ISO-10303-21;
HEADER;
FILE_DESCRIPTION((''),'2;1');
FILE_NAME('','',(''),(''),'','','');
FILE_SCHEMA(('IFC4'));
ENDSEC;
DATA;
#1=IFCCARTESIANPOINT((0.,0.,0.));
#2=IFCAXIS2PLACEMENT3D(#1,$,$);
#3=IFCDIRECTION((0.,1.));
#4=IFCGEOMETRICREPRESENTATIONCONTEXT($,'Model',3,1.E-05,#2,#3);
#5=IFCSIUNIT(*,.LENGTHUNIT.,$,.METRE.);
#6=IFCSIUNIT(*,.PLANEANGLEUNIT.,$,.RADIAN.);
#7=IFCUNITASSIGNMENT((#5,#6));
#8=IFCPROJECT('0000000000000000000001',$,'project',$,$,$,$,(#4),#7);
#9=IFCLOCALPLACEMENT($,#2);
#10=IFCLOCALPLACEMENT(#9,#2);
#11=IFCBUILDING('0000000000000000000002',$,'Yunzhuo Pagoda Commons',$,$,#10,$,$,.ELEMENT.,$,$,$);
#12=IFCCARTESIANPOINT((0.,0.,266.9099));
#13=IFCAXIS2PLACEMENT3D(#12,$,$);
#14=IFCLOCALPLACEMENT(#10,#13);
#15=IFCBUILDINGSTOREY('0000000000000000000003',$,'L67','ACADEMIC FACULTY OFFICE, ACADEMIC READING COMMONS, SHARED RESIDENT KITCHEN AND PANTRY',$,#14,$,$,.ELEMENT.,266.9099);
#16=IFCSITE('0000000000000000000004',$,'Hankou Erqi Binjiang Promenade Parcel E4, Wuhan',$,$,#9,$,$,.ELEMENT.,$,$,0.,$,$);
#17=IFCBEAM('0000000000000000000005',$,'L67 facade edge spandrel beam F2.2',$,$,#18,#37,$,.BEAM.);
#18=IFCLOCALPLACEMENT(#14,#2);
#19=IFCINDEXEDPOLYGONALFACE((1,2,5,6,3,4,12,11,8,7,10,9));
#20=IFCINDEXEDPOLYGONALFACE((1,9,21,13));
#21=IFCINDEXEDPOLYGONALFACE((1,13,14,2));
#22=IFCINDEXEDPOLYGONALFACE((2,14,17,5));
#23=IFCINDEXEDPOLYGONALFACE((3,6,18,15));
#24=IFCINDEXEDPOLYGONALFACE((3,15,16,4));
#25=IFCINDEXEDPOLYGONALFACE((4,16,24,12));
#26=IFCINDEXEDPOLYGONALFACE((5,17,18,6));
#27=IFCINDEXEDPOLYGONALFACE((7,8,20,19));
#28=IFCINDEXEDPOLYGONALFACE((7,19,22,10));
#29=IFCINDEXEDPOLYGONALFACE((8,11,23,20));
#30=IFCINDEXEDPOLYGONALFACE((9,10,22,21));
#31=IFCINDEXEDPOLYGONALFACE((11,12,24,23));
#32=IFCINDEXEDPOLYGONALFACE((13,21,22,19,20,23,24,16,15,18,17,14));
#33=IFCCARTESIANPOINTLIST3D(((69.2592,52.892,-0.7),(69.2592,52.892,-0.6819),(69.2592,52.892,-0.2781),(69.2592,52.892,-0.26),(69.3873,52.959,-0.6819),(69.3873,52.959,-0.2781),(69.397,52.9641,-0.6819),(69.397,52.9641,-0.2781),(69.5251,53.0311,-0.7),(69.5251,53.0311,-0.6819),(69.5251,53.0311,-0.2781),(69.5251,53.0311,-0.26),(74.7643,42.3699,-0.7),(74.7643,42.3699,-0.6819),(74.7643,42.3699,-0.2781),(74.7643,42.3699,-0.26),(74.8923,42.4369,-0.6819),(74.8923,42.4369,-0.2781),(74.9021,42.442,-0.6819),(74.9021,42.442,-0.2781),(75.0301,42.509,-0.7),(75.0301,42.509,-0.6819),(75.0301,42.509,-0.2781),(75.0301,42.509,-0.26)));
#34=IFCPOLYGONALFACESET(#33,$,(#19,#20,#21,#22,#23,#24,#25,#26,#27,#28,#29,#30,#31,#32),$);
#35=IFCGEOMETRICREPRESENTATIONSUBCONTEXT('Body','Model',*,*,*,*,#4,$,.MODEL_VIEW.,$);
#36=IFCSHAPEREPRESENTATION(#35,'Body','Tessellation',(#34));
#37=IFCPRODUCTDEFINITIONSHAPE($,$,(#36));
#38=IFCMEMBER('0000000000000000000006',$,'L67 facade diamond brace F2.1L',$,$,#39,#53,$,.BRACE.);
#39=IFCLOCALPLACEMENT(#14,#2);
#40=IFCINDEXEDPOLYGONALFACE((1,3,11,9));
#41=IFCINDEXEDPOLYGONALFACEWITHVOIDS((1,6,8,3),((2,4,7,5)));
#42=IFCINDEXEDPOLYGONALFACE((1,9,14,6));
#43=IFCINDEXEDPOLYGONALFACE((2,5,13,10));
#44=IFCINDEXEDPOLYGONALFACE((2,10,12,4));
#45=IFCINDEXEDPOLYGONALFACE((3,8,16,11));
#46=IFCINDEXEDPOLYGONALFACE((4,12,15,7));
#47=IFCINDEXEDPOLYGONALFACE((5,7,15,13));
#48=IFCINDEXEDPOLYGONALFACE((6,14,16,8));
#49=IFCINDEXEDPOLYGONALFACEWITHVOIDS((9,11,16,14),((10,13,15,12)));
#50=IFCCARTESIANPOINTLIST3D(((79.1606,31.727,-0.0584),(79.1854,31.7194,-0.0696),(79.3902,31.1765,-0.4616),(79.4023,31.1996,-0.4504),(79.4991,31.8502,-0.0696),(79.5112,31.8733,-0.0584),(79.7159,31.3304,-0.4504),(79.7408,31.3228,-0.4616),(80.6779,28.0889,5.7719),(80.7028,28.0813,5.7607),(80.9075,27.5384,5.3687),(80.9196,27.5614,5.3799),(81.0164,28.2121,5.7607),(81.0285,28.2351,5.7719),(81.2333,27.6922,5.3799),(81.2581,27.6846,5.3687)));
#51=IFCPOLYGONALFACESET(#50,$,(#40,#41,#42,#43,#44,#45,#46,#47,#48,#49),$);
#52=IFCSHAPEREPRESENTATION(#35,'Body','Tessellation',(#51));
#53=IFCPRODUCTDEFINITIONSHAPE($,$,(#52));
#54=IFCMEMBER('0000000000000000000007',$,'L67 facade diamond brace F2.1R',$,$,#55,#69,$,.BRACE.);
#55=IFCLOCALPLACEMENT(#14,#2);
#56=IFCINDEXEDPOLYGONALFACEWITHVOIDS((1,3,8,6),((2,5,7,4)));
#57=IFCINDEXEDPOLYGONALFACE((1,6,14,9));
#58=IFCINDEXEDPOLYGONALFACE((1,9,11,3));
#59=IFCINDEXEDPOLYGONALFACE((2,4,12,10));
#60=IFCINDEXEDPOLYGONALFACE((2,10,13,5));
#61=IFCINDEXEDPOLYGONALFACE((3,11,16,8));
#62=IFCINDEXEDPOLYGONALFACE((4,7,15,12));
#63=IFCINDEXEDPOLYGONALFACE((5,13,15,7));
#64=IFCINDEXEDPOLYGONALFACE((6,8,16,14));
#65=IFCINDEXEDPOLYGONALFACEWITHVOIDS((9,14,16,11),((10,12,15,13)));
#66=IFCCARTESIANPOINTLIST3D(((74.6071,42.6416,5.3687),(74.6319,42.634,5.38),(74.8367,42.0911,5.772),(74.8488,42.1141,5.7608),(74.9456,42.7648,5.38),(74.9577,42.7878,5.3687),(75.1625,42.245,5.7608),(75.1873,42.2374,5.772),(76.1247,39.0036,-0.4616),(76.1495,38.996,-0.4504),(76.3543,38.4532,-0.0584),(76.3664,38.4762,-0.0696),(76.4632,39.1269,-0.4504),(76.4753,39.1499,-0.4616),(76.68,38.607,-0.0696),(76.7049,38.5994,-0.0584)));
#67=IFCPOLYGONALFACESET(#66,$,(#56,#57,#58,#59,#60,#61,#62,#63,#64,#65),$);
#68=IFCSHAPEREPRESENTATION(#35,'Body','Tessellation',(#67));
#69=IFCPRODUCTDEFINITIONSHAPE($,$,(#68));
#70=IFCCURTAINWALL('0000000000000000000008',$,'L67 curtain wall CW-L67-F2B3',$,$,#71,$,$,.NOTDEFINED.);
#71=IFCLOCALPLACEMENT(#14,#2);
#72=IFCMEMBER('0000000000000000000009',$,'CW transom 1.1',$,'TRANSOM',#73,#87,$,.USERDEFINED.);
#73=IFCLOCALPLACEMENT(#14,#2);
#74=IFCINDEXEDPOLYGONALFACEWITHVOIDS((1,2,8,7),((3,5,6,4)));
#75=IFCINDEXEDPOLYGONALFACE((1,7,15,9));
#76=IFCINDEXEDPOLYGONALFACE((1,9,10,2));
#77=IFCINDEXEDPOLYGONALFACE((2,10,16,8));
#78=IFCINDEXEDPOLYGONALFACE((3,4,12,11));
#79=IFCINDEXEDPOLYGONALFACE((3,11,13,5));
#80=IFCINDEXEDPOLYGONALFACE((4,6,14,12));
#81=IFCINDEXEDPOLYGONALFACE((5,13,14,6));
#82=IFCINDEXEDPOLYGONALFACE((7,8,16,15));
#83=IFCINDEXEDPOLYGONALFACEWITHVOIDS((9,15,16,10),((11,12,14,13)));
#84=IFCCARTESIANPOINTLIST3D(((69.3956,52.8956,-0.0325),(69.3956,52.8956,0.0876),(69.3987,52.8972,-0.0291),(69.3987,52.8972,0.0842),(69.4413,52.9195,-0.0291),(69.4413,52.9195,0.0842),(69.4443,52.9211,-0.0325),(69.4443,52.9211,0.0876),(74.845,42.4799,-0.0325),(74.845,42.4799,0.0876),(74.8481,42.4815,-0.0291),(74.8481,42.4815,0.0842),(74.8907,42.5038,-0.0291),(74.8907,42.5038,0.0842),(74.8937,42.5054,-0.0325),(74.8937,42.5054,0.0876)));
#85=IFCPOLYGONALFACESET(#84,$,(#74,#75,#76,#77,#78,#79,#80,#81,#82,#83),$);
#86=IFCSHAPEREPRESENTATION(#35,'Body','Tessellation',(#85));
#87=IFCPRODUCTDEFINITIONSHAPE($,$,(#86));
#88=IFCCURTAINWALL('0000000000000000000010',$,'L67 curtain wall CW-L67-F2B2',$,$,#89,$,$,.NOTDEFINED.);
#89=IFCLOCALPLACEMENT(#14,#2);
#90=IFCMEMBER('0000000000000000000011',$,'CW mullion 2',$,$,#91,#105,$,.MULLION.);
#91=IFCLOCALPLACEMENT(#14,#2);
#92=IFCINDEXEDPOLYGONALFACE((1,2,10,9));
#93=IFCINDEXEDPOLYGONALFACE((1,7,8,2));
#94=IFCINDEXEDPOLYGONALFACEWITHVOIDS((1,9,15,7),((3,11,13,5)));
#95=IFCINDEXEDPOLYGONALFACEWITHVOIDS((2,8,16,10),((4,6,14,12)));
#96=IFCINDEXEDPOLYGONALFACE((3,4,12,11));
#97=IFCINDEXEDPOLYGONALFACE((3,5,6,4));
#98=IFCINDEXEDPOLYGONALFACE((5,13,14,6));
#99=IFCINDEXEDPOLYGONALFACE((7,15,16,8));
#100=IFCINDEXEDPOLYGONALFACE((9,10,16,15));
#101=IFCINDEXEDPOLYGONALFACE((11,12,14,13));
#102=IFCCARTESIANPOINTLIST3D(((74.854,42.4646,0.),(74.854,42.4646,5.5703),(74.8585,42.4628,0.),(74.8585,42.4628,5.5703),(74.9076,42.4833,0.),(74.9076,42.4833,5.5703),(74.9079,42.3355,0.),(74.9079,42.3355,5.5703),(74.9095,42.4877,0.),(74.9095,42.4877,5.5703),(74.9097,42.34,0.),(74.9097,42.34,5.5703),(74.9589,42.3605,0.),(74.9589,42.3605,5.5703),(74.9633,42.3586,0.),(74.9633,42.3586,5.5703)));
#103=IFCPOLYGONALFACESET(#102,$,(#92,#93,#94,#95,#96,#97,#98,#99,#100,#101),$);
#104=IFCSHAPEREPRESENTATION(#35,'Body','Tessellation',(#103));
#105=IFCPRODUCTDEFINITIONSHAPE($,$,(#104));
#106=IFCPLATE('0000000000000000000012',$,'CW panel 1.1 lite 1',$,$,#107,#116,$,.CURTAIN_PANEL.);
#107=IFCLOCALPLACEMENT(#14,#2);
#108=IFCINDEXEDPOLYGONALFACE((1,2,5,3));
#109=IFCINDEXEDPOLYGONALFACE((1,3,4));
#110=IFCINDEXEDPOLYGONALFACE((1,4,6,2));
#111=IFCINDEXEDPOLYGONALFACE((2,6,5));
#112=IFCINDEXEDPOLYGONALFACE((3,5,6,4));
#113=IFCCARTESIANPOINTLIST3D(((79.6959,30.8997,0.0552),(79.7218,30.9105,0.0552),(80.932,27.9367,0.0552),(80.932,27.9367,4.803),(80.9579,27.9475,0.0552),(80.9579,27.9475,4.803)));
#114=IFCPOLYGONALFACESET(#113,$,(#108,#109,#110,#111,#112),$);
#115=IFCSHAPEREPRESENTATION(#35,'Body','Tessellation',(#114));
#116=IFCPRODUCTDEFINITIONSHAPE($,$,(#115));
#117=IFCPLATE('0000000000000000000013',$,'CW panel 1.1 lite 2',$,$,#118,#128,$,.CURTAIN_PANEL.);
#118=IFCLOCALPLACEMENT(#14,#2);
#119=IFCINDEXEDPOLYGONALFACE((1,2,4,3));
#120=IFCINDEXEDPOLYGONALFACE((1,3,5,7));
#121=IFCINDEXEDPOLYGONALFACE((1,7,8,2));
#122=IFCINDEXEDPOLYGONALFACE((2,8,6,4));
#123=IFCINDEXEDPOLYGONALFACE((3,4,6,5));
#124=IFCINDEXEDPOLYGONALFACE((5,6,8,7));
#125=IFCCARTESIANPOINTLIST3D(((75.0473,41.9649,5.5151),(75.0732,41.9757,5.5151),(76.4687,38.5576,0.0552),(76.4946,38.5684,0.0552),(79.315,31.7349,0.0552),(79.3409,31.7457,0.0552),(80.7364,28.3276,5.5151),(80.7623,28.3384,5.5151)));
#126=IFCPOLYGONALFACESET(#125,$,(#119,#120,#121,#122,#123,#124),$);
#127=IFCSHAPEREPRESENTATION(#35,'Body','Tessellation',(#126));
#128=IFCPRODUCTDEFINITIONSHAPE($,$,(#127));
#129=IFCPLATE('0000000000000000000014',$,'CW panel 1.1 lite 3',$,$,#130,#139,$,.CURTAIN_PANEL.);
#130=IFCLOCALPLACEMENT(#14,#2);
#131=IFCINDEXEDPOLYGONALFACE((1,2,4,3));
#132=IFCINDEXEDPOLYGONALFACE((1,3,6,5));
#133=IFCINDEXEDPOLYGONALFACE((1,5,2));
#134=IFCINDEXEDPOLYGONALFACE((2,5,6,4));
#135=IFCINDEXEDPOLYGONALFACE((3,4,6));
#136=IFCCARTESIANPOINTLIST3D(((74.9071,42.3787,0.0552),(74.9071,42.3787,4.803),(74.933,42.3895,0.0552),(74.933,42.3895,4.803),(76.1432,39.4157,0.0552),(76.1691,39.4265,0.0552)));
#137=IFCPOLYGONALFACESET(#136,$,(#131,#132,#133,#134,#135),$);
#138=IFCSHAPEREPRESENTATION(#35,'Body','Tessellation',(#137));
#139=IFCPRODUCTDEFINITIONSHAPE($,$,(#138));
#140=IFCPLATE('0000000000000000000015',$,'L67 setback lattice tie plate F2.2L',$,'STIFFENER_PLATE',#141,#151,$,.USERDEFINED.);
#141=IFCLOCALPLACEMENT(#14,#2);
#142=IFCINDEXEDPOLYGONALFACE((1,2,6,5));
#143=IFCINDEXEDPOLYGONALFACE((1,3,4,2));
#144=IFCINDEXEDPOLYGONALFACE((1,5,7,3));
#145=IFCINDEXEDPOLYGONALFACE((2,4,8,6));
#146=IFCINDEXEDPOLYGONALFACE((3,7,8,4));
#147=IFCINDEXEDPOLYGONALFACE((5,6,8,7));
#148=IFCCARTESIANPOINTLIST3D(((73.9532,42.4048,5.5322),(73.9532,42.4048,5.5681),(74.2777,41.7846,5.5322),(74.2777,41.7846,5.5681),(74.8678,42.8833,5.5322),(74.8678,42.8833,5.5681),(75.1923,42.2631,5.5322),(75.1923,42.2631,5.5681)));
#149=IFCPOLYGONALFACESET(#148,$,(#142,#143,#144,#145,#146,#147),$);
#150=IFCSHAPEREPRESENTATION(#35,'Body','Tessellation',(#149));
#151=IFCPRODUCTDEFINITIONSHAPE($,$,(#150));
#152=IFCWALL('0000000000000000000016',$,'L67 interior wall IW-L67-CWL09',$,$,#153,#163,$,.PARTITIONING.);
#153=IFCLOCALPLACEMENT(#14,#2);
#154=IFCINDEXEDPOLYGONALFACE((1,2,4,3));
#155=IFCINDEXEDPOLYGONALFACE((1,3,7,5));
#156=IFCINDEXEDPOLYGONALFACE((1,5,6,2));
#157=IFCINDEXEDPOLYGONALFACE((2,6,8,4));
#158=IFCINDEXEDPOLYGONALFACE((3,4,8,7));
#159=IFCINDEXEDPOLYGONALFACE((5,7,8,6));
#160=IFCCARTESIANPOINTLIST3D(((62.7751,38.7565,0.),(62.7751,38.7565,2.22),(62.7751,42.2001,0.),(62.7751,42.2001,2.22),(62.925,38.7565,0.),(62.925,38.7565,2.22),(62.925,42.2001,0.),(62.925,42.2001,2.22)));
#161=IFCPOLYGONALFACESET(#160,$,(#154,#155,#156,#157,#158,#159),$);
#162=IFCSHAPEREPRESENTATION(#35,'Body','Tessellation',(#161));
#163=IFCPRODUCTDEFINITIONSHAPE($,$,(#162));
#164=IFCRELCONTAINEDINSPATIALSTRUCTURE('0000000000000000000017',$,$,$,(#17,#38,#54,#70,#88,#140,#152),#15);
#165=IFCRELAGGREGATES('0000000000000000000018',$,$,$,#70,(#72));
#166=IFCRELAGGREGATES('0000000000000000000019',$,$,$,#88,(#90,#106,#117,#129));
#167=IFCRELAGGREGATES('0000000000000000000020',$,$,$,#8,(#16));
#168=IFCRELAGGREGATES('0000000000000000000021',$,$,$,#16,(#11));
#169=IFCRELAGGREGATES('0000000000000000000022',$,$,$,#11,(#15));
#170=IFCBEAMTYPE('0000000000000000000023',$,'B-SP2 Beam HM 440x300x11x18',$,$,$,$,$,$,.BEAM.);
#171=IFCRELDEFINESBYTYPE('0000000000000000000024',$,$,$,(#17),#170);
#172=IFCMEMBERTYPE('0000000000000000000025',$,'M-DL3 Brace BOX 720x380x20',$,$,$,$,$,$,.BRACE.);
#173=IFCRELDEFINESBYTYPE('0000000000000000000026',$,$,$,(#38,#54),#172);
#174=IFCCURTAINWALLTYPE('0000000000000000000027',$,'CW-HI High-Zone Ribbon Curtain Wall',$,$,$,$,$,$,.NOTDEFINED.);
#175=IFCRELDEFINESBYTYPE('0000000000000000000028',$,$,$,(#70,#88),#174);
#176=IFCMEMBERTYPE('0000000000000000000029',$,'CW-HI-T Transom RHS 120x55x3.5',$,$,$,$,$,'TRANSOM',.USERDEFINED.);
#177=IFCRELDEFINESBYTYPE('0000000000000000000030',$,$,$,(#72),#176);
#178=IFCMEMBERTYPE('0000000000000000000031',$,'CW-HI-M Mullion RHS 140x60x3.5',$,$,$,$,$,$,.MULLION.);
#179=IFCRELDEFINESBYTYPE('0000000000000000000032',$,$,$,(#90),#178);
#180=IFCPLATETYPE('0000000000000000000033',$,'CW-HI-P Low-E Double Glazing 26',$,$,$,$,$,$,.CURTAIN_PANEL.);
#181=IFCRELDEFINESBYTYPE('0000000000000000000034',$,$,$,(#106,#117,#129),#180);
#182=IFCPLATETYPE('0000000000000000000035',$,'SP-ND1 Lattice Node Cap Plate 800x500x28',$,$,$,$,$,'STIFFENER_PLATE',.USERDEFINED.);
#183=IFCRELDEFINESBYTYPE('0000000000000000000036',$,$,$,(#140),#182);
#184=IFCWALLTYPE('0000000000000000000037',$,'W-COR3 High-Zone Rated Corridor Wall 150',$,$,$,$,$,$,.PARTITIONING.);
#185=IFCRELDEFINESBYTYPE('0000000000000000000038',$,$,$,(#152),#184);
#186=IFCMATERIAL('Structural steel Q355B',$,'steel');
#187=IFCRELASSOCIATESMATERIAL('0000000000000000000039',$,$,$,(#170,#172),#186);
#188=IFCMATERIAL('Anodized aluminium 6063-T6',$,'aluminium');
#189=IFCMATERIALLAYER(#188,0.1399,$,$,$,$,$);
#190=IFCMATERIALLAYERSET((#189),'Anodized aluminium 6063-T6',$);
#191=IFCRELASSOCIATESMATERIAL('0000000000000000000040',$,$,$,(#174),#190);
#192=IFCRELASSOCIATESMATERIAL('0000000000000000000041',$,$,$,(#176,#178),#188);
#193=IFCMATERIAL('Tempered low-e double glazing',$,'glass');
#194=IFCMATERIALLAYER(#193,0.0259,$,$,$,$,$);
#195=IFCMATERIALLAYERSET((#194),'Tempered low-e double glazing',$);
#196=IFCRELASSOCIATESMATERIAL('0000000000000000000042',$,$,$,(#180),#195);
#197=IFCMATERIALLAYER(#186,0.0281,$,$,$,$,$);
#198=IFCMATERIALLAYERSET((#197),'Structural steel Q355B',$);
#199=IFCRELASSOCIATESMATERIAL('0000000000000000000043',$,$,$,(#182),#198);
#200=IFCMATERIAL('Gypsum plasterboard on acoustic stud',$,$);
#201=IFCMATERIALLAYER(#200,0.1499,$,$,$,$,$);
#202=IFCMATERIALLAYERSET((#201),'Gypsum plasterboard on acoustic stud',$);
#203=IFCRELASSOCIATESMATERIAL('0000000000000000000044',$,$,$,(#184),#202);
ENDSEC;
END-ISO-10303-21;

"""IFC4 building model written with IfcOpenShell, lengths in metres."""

from ifc_helpers import new_model, si_unit, direction, frame, frame_2d, origin, origin_2d, place, context, subcontext, project, spatial, polyline, rectangle, hollow_rectangle, i_section, outline, extrude, source, transform, mapped, material, layer, layer_set, material_profile, profile_set, type_object, element, aggregate, save


model = new_model("IFC4")

# Units and contexts
model_context = context("Model", 3, precision=1e-05, world=origin(), true_north=direction((0.0, 1.0)))
body_context = subcontext(model_context, "Body", "Model", "MODEL_VIEW")
ifc_project = project(units=[si_unit("LENGTHUNIT", "METRE"), si_unit("PLANEANGLEUNIT", "RADIAN")], contexts=[model_context])

# Site, building, storey
site_placement = place(None, origin())
site = spatial("IfcSite", under=ifc_project, at=site_placement, Name="Hankou Erqi Binjiang Promenade Parcel E4, Wuhan", CompositionType="ELEMENT", RefElevation=0.0)
building_placement = place(site_placement, origin())
building = spatial("IfcBuilding", under=site, at=building_placement, Name="Yunzhuo Pagoda Commons", CompositionType="ELEMENT")
storey_placement = place(building_placement, frame((0.0, 0.0, 266.9099)))
storey = spatial("IfcBuildingStorey", under=building, at=storey_placement, Name="L67", Description="ACADEMIC FACULTY OFFICE, ACADEMIC READING COMMONS, SHARED RESIDENT KITCHEN AND PANTRY", CompositionType="ELEMENT", Elevation=266.9099)

# Shared definitions
ifc_material_1 = material(Name="Structural steel Q355B", Category="steel")

# Beam
ifc_material_profile_1 = material_profile(ifc_material_1, i_section(OverallWidth=0.3, OverallDepth=0.4399, WebThickness=0.011, FlangeThickness=0.0181, at=origin_2d()), Name="Structural steel Q355B")
ifc_profile_set_1 = profile_set([ifc_material_profile_1], Name="Structural steel Q355B")
beam_type_1 = type_object("IfcBeamType", Name="B-SP2 Beam HM 440x300x11x18", PredefinedType="BEAM", material=ifc_profile_set_1)
shared_shape_1 = source(origin(), body_context, "Body", "SweptSolid", [
    extrude(i_section(OverallWidth=0.3, OverallDepth=0.4399, WebThickness=0.011, FlangeThickness=0.0181, at=origin_2d()), origin(), (0.0, 0.0, 1.0), 11.8752),
])
beam_1_placement = place(storey_placement, frame((74.8972, 42.4395, -0.48), z_axis=(-0.463577, 0.886057, 0.0), x_axis=(-0.886057, -0.463577, 0.0)))
element("IfcBeam", 1, at=beam_1_placement, inside=storey, type_object=beam_type_1, Name="L67 facade edge spandrel beam F2.2", PredefinedType="BEAM", context=body_context, shape_type="MappedRepresentation", body=[
    mapped(shared_shape_1, transform((0.0, 0.0, 0.0), scale=1.0)),
])

# Members
ifc_material_profile_2 = material_profile(ifc_material_1, hollow_rectangle(XDim=0.3799, YDim=0.72, WallThickness=0.02, at=origin_2d()), Name="Structural steel Q355B")
ifc_profile_set_2 = profile_set([ifc_material_profile_2], Name="Structural steel Q355B")
member_type_1 = type_object("IfcMemberType", Name="M-DL3 Brace BOX 720x380x20", PredefinedType="BRACE", material=ifc_profile_set_2)
shared_shape_2 = source(origin(), body_context, "Body", "SweptSolid", [
    extrude(hollow_rectangle(XDim=0.3799, YDim=0.72, WallThickness=0.02, at=origin_2d()), origin(), (0.0, 0.0, 1.0), 7.0378),
])
for number, where, z_axis, x_axis, name in (
    (2, (79.4507, 31.5249, -0.26), (0.215596, -0.516945, 0.828424), (0.922949, 0.384923, 0.0), "L67 facade diamond brace F2.1L"),
    (3, (76.4148, 38.8015, -0.26), (-0.215633, 0.516916, 0.828432), (-0.922917, -0.384998, 0.0), "L67 facade diamond brace F2.1R"),
):
    element("IfcMember", number, at=place(storey_placement, frame(where, z_axis=z_axis, x_axis=x_axis)), inside=storey, type_object=member_type_1, Name=name, PredefinedType="BRACE", context=body_context, shape_type="MappedRepresentation", body=[
        mapped(shared_shape_2, transform((0.0, 0.0, 0.0), scale=1.0)),
    ])

# Curtain wall, member
ifc_material_2 = material(Name="Anodized aluminium 6063-T6", Category="aluminium")
ifc_layer_1 = layer(ifc_material_2, 0.1399)
ifc_layer_set_1 = layer_set([ifc_layer_1], Name="Anodized aluminium 6063-T6")
curtain_wall_type = type_object("IfcCurtainWallType", Name="CW-HI High-Zone Ribbon Curtain Wall", PredefinedType="NOTDEFINED", material=ifc_layer_set_1)
curtain_wall_1_placement = place(storey_placement, origin())
curtain_wall_1 = element("IfcCurtainWall", 4, at=curtain_wall_1_placement, inside=storey, type_object=curtain_wall_type, Name="L67 curtain wall CW-L67-F2B3", PredefinedType="NOTDEFINED")
ifc_material_profile_3 = material_profile(ifc_material_2, hollow_rectangle(XDim=0.0549, YDim=0.1201, WallThickness=0.0034, at=origin_2d()), Name="Anodized aluminium 6063-T6")
ifc_profile_set_3 = profile_set([ifc_material_profile_3], Name="Anodized aluminium 6063-T6")
member_type_2 = type_object("IfcMemberType", Name="CW-HI-T Transom RHS 120x55x3.5", ElementType="TRANSOM", PredefinedType="USERDEFINED", material=ifc_profile_set_3)
shared_shape_3 = source(origin(), body_context, "Body", "SweptSolid", [
    extrude(hollow_rectangle(XDim=0.0549, YDim=0.1201, WallThickness=0.0034, at=origin_2d()), origin(), (0.0, 0.0, 1.0), 11.7551),
])
member_1_placement = place(storey_placement, frame((74.8694, 42.4927, 0.0276), z_axis=(-0.463579, 0.886056, 0.0), x_axis=(-0.886056, -0.463579, 0.0)))
member_1 = element("IfcMember", 5, at=member_1_placement, type_object=member_type_2, Name="CW transom 1.1", ObjectType="TRANSOM", PredefinedType="USERDEFINED", context=body_context, shape_type="MappedRepresentation", body=[
    mapped(shared_shape_3, transform((0.0, 0.0, 0.0), scale=1.0)),
])
aggregate(curtain_wall_1, [member_1])

# Curtain wall, member, plates
curtain_wall_2_placement = place(storey_placement, origin())
curtain_wall_2 = element("IfcCurtainWall", 6, at=curtain_wall_2_placement, inside=storey, type_object=curtain_wall_type, Name="L67 curtain wall CW-L67-F2B2", PredefinedType="NOTDEFINED")
ifc_material_profile_4 = material_profile(ifc_material_2, hollow_rectangle(XDim=0.0601, YDim=0.1399, WallThickness=0.0034, at=origin_2d()), Name="Anodized aluminium 6063-T6")
ifc_profile_set_4 = profile_set([ifc_material_profile_4], Name="Anodized aluminium 6063-T6")
member_type_3 = type_object("IfcMemberType", Name="CW-HI-M Mullion RHS 140x60x3.5", PredefinedType="MULLION", material=ifc_profile_set_4)
shared_shape_4 = source(origin(), body_context, "Body", "SweptSolid", [
    extrude(hollow_rectangle(XDim=0.0601, YDim=0.1399, WallThickness=0.0034, at=origin_2d()), origin(), (0.0, 0.0, 1.0), 5.5703),
])
member_2_placement = place(storey_placement, frame((74.9087, 42.4116, 0.0), z_axis=(0.0, 0.0, 1.0), x_axis=(-0.92291, -0.385016, 0.0)))
member_2 = element("IfcMember", 7, at=member_2_placement, type_object=member_type_3, Name="CW mullion 2", PredefinedType="MULLION", context=body_context, shape_type="MappedRepresentation", body=[
    mapped(shared_shape_4, transform((0.0, 0.0, 0.0), scale=1.0)),
])
ifc_material_3 = material(Name="Tempered low-e double glazing", Category="glass")
ifc_layer_2 = layer(ifc_material_3, 0.0259)
ifc_layer_set_2 = layer_set([ifc_layer_2], Name="Tempered low-e double glazing")
plate_type_1 = type_object("IfcPlateType", Name="CW-HI-P Low-E Double Glazing 26", PredefinedType="CURTAIN_PANEL", material=ifc_layer_set_2)
plate_1_placement = place(storey_placement, frame((80.314, 29.4182, 2.429), z_axis=(0.92291, 0.385016, 0.0), x_axis=(-0.385016, 0.92291, 0.0)))
plate_1 = element("IfcPlate", 8, at=plate_1_placement, type_object=plate_type_1, Name="CW panel 1.1 lite 1", PredefinedType="CURTAIN_PANEL", context=body_context, shape_type="SweptSolid", body=[
    extrude(outline(polyline([(-1.6052, -2.3738), (1.6052, -2.3738), (-1.6052, 2.374), (-1.6052, -2.3738)])), origin(), (0.0, 0.0, 1.0), 0.0281),
])
plate_2_placement = place(storey_placement, frame((77.8918, 35.1462, 2.7852), z_axis=(0.92291, 0.385016, 0.0), x_axis=(-0.385016, 0.92291, 0.0)))
plate_2 = element("IfcPlate", 9, at=plate_2_placement, type_object=plate_type_1, Name="CW panel 1.1 lite 2", PredefinedType="CURTAIN_PANEL", context=body_context, shape_type="SweptSolid", body=[
    extrude(outline(polyline([(-7.3882, 2.73), (-3.6963, -2.73), (3.6963, -2.73), (7.3882, 2.73), (-7.3882, 2.73)])), origin(), (0.0, 0.0, 1.0), 0.0281),
])
plate_3_placement = place(storey_placement, frame((75.5251, 40.8972, 2.429), z_axis=(0.92291, 0.385016, 0.0), x_axis=(-0.385016, 0.92291, 0.0)))
plate_3 = element("IfcPlate", 10, at=plate_3_placement, type_object=plate_type_1, Name="CW panel 1.1 lite 3", PredefinedType="CURTAIN_PANEL", context=body_context, shape_type="SweptSolid", body=[
    extrude(outline(polyline([(-1.6052, -2.3738), (1.6052, -2.3738), (1.6052, 2.374), (-1.6052, -2.3738)])), origin(), (0.0, 0.0, 1.0), 0.0281),
])
aggregate(curtain_wall_2, [member_2, plate_1, plate_2, plate_3])

# Plate
ifc_layer_3 = layer(ifc_material_1, 0.0281)
ifc_layer_set_3 = layer_set([ifc_layer_3], Name="Structural steel Q355B")
plate_type_2 = type_object("IfcPlateType", Name="SP-ND1 Lattice Node Cap Plate 800x500x28", ElementType="STIFFENER_PLATE", PredefinedType="USERDEFINED", material=ifc_layer_set_3)
shared_shape_5 = source(origin(), body_context, "Body", "SweptSolid", [
    extrude(rectangle(XDim=0.7, YDim=1.0322, at=origin_2d()), origin(), (0.0, 0.0, 1.0), 0.0359),
])
plate_4_placement = place(storey_placement, frame((74.5728, 42.334, 5.5322), z_axis=(0.0, 0.0, 1.0), x_axis=(-0.463559, 0.886066, 0.0)))
element("IfcPlate", 11, at=plate_4_placement, inside=storey, type_object=plate_type_2, Name="L67 setback lattice tie plate F2.2L", ObjectType="STIFFENER_PLATE", PredefinedType="USERDEFINED", context=body_context, shape_type="MappedRepresentation", body=[
    mapped(shared_shape_5, transform((0.0, 0.0, 0.0), scale=1.0)),
])

# Wall
ifc_material_4 = material(Name="Gypsum plasterboard on acoustic stud")
ifc_layer_4 = layer(ifc_material_4, 0.1499)
ifc_layer_set_4 = layer_set([ifc_layer_4], Name="Gypsum plasterboard on acoustic stud")
wall_type_1 = type_object("IfcWallType", Name="W-COR3 High-Zone Rated Corridor Wall 150", PredefinedType="PARTITIONING", material=ifc_layer_set_4)
wall_1_placement = place(storey_placement, frame((62.8501, 42.2, 0.0), z_axis=(0.0, 0.0, 1.0), x_axis=(0.0, -1.0, 0.0)))
element("IfcWall", 12, at=wall_1_placement, inside=storey, type_object=wall_type_1, Name="L67 interior wall IW-L67-CWL09", PredefinedType="PARTITIONING", context=body_context, shape_type="SweptSolid", body=[
    extrude(rectangle(XDim=3.4436, YDim=0.1499, at=frame_2d((1.7217, 0.0))), origin(), (0.0, 0.0, 1.0), 2.22),
])

save(model, "model.ifc")
